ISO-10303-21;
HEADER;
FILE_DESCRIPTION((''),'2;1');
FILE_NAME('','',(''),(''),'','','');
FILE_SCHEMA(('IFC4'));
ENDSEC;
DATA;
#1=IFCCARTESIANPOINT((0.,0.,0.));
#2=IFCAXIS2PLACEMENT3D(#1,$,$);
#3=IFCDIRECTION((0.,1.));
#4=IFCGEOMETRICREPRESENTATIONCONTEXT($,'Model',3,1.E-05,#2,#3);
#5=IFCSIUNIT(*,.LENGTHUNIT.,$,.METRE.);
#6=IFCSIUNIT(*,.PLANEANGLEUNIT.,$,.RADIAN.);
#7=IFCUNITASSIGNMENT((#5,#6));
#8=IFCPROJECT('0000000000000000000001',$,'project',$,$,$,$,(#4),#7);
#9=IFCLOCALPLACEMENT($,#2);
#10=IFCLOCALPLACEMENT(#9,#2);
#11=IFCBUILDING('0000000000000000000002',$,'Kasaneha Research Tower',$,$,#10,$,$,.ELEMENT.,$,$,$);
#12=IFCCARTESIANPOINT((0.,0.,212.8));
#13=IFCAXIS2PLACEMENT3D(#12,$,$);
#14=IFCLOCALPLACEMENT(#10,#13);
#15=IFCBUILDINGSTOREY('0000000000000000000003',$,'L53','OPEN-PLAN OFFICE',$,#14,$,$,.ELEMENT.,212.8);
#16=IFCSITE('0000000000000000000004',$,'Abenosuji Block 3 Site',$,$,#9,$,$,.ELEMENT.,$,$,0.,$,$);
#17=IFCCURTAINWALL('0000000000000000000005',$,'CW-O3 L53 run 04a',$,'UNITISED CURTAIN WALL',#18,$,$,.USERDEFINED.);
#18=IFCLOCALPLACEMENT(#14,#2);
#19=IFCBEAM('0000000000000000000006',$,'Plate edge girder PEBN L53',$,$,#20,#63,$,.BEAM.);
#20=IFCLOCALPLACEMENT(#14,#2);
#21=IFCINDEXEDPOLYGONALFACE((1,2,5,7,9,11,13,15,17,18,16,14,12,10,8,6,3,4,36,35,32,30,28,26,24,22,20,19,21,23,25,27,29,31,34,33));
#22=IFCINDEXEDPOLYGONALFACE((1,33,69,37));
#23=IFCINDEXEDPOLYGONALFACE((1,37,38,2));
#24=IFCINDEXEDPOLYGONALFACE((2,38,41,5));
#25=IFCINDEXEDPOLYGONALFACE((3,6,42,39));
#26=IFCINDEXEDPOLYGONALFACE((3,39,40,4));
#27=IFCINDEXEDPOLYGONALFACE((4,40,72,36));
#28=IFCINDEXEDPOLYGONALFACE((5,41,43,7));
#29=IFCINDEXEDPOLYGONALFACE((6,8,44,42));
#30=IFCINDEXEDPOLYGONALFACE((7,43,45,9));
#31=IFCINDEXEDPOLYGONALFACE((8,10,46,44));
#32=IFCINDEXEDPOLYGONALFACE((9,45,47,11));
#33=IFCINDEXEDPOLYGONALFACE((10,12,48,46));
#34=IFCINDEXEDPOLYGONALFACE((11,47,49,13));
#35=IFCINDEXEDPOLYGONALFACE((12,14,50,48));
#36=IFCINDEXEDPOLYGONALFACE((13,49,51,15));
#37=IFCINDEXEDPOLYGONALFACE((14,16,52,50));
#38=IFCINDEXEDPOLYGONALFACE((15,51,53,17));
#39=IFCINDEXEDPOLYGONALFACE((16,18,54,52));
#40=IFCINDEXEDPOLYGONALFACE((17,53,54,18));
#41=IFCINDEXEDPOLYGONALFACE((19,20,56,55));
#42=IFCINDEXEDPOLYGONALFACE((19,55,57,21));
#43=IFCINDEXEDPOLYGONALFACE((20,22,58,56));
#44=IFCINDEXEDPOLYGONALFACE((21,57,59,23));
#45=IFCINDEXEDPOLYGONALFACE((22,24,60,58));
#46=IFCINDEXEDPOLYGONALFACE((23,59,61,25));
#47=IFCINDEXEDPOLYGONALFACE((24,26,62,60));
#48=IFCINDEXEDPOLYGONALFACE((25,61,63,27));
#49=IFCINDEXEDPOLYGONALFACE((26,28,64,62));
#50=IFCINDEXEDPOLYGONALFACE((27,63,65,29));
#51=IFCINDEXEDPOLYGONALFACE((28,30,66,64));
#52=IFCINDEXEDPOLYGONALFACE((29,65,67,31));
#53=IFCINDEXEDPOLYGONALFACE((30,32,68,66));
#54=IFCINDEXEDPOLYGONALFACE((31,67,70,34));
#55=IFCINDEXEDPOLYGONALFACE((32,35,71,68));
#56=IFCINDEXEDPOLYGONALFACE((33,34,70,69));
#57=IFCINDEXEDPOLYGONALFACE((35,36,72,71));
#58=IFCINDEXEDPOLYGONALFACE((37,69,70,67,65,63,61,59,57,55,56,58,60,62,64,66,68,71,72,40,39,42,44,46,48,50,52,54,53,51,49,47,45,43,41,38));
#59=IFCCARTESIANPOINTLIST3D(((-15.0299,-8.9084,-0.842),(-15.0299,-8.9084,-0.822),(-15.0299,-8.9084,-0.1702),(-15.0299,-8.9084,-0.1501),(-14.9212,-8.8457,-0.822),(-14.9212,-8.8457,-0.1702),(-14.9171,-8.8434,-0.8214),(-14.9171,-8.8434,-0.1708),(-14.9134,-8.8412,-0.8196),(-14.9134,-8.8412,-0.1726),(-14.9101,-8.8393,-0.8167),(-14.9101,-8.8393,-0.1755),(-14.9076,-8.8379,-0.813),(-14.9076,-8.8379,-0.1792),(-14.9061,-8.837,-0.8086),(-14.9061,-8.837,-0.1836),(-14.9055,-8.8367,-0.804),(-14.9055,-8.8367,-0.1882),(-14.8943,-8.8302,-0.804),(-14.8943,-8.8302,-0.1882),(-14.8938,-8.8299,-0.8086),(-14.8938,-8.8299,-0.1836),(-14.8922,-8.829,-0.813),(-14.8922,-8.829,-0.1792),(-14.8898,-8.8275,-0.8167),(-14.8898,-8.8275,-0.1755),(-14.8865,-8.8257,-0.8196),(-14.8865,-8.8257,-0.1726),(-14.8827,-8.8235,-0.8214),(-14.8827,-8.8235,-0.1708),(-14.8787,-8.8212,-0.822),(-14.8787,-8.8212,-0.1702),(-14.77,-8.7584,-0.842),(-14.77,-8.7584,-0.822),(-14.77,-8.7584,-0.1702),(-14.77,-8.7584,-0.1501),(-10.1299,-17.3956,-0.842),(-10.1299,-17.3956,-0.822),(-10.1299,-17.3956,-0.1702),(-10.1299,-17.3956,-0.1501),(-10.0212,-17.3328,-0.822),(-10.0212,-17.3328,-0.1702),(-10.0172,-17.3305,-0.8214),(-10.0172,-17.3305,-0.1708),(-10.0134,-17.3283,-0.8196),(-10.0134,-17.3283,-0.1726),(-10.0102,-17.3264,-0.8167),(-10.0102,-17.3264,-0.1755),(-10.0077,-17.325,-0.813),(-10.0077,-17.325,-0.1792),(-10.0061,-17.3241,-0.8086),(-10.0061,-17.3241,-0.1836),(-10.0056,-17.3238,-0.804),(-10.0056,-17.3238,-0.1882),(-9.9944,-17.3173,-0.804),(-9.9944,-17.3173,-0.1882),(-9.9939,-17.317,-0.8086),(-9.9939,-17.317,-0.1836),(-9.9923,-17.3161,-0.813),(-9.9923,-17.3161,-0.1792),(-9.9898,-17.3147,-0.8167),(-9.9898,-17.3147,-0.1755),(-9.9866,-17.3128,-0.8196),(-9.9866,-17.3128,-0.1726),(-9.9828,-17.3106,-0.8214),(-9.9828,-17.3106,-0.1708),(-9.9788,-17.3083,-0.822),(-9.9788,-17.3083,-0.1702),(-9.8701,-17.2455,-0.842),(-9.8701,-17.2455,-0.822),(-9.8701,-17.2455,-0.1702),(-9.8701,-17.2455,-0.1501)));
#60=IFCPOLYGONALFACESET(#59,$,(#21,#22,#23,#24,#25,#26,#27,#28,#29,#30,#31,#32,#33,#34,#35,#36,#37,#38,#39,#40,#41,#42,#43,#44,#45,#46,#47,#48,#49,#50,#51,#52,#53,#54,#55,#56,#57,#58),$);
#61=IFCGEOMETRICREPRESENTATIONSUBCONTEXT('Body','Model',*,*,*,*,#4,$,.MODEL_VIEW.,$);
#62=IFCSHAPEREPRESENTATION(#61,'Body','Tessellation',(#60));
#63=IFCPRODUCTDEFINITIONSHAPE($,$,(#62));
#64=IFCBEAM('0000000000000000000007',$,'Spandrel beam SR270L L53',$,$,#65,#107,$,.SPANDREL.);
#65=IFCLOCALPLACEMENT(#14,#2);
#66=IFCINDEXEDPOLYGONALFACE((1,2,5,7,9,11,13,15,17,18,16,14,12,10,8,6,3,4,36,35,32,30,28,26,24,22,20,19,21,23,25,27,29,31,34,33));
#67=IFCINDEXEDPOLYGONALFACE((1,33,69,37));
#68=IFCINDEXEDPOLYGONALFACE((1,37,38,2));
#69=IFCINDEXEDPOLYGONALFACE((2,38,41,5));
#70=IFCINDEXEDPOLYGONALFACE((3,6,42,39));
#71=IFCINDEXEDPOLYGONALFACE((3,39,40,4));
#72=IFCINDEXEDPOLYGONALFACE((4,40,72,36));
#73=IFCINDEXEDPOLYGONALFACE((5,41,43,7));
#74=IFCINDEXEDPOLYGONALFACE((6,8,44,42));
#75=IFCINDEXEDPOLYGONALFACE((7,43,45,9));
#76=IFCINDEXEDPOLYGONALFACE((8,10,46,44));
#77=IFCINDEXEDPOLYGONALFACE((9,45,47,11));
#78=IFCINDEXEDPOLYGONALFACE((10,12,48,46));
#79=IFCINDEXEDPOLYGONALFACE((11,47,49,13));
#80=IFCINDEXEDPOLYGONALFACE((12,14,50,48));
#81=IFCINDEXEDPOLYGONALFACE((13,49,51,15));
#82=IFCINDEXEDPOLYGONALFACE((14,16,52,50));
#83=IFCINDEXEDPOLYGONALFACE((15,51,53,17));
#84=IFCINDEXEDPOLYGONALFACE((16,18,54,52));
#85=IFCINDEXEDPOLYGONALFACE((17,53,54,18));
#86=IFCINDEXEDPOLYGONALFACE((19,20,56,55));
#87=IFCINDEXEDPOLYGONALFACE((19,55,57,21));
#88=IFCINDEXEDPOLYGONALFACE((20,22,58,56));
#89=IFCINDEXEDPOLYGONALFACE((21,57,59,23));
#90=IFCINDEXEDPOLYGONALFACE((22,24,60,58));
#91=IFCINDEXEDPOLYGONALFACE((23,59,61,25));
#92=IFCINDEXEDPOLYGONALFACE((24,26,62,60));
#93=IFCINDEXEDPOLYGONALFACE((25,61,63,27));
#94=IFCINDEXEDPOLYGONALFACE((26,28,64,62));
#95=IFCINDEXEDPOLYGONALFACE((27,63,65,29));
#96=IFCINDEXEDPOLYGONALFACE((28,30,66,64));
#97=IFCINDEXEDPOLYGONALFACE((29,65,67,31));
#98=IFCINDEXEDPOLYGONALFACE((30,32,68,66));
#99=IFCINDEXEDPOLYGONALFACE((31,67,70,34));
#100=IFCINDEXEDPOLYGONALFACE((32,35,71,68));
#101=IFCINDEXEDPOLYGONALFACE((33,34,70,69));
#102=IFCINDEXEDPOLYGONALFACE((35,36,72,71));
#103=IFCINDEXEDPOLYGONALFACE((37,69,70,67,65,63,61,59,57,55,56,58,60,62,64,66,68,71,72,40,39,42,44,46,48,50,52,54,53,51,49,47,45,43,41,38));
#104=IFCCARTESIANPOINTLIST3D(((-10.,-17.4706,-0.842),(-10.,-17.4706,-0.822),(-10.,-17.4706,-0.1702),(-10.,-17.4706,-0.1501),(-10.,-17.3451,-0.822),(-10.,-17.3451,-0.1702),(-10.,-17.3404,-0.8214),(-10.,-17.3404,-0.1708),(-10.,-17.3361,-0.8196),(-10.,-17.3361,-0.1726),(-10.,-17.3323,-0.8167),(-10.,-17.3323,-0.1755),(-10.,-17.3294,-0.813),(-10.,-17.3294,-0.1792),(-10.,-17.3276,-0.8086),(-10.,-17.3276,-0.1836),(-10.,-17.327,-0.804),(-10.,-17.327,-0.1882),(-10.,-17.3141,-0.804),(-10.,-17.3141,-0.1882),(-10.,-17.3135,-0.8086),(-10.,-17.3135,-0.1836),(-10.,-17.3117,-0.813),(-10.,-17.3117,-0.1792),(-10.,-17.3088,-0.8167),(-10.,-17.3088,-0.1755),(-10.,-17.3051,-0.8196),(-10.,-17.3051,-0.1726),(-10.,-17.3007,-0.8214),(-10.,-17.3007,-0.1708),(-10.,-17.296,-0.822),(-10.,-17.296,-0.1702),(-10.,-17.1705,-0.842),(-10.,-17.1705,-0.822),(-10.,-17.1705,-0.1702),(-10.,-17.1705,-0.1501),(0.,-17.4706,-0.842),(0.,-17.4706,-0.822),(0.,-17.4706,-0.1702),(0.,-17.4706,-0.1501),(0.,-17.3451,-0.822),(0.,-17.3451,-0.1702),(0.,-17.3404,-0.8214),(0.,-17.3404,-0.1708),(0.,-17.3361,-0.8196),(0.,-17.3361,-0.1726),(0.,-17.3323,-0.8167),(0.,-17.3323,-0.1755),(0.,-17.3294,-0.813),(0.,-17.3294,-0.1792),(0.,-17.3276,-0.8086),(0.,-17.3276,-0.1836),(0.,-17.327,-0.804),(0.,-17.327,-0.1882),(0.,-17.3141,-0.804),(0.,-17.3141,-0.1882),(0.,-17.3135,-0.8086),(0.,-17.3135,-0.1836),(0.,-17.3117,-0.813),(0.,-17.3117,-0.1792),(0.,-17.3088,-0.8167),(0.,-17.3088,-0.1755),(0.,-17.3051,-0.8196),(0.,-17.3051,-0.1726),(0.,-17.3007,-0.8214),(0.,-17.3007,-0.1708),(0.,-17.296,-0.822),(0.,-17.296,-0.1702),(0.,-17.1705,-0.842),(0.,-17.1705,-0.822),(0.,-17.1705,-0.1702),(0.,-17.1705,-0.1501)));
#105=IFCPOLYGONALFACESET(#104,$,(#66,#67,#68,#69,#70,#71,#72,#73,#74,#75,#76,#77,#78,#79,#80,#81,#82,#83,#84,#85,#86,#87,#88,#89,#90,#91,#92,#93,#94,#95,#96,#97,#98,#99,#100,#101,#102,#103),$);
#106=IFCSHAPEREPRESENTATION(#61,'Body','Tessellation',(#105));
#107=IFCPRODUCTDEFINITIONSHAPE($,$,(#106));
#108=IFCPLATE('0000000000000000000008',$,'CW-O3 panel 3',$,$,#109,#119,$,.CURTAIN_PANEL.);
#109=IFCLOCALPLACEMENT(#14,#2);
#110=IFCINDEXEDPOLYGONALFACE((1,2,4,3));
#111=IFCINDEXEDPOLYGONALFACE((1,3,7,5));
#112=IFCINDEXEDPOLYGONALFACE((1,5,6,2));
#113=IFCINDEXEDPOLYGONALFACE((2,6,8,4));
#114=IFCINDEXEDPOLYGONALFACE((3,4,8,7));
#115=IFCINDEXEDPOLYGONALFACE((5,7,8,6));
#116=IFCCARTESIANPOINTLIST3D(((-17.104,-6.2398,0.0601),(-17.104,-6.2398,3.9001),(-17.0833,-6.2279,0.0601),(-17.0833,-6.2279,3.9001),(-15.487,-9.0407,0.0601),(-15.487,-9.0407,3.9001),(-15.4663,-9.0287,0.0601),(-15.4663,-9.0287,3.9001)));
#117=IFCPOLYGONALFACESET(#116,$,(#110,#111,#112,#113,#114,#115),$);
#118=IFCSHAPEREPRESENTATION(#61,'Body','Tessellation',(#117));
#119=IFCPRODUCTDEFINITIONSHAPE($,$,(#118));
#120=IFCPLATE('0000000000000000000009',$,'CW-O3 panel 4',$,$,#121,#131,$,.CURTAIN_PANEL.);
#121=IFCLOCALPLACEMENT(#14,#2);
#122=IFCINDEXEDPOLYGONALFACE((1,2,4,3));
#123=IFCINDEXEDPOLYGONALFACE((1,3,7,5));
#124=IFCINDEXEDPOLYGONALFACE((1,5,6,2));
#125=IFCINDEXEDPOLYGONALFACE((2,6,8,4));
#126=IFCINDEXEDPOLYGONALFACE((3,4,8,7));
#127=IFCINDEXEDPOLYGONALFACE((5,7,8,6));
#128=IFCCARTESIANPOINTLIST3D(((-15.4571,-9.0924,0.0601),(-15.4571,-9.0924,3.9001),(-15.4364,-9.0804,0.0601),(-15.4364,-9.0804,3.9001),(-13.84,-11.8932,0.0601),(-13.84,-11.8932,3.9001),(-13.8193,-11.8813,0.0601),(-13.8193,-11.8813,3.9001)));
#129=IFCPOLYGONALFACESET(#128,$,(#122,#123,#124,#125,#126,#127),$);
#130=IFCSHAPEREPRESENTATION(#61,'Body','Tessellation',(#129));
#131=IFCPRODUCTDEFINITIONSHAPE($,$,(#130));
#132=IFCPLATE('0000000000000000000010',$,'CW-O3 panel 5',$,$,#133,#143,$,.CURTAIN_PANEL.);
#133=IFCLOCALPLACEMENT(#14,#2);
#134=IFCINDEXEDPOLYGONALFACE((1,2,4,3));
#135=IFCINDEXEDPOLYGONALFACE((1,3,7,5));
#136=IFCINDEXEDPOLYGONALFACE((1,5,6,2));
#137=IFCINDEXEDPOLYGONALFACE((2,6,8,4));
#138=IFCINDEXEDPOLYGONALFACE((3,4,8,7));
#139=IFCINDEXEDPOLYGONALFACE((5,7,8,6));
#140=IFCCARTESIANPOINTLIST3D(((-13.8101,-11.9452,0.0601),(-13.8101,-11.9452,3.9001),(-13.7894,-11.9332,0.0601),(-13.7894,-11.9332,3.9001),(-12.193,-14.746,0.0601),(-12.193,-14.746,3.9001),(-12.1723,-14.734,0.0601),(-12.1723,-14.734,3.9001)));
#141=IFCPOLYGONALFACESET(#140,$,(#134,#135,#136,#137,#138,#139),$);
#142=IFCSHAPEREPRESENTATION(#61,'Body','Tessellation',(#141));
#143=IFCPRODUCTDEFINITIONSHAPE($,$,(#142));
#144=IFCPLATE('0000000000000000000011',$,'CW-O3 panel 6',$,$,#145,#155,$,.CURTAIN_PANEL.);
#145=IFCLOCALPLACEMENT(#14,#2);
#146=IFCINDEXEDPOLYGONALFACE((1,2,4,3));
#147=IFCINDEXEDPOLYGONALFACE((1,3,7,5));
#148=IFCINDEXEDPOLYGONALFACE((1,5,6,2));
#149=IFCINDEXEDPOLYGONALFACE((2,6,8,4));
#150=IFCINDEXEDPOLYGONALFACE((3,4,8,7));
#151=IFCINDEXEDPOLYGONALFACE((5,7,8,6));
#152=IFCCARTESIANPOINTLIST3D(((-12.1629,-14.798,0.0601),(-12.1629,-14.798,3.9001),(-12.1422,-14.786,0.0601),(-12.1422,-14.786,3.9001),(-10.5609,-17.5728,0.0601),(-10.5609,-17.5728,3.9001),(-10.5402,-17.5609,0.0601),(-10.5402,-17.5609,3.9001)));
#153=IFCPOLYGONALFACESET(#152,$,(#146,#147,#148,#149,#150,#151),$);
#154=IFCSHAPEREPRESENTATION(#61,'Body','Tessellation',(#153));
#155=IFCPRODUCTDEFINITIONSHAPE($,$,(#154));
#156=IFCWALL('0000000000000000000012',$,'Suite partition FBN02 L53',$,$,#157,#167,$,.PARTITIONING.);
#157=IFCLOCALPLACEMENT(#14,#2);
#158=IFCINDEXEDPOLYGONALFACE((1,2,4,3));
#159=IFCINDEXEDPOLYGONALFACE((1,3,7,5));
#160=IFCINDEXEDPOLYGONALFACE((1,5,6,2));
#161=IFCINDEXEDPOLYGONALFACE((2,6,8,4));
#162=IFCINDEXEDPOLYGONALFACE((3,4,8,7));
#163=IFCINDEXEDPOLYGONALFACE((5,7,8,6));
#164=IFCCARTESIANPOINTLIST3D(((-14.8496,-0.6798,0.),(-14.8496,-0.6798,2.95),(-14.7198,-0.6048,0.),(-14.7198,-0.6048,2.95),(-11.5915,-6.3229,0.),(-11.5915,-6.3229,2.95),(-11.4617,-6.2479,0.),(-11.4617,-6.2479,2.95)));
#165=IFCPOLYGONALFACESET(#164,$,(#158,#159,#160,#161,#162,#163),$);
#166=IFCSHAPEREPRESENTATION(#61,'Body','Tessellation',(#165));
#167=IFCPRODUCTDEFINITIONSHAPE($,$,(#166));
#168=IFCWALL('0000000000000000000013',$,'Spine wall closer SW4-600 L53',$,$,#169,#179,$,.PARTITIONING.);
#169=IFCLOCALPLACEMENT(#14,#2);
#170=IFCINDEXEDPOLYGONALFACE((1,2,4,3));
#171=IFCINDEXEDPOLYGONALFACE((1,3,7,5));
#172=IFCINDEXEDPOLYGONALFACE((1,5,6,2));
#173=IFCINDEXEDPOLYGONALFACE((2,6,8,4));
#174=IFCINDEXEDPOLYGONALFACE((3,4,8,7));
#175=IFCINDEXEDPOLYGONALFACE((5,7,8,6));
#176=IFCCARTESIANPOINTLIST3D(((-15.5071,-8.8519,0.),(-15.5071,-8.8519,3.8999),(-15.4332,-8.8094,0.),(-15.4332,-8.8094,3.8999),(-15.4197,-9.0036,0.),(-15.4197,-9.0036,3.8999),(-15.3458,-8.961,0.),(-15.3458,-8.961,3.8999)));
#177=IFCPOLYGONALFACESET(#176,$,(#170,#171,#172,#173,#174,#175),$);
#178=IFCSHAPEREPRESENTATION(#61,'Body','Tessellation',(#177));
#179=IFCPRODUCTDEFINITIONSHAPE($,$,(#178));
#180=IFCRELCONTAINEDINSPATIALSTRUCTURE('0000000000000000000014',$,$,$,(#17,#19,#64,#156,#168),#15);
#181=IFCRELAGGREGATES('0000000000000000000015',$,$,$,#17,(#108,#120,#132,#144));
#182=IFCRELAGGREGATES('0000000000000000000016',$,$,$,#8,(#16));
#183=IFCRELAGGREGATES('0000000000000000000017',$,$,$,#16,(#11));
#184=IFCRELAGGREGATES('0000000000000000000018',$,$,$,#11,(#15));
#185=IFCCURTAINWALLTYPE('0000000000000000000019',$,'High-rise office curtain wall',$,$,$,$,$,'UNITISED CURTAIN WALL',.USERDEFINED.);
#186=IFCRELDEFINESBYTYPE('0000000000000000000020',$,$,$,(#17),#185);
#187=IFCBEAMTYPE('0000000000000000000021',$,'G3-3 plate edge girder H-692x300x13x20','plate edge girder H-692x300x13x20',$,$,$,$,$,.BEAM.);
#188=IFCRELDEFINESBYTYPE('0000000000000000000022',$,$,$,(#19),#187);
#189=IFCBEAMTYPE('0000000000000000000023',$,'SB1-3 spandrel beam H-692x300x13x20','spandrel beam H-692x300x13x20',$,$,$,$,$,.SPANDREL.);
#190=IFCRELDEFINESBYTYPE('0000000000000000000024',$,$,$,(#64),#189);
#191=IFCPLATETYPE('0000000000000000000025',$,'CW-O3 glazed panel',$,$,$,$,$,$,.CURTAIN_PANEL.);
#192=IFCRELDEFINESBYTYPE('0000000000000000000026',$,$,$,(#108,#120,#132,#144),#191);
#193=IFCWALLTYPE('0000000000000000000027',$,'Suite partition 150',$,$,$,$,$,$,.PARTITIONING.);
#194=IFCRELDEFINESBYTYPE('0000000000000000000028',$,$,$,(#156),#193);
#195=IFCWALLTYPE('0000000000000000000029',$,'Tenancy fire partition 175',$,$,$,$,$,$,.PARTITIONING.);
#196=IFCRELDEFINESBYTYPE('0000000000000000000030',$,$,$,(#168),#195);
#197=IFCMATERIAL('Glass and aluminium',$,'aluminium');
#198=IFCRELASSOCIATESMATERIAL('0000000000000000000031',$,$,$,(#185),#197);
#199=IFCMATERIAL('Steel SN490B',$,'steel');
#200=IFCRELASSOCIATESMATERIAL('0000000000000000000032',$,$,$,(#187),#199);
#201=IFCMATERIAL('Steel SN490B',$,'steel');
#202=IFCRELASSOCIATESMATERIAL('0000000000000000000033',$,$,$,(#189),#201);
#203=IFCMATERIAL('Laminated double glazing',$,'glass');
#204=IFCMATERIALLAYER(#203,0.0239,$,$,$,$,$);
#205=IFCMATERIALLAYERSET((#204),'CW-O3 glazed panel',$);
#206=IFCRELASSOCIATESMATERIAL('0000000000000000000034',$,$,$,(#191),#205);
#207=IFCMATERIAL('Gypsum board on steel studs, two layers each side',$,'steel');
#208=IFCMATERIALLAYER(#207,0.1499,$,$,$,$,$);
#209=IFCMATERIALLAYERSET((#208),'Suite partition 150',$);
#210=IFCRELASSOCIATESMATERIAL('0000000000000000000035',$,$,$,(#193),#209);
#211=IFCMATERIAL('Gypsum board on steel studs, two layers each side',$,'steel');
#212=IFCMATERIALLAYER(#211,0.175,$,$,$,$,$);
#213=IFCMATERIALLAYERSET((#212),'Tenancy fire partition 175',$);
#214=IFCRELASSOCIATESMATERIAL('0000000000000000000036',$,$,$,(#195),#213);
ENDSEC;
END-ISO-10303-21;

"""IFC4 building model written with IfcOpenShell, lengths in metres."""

from ifc_helpers import new_model, si_unit, direction, frame, frame_2d, origin, origin_2d, place, context, subcontext, project, spatial, rectangle, i_section, extrude, material, layer, layer_set, material_profile, profile_set, type_object, element, aggregate, save


model = new_model("IFC4")

# Units and contexts
model_context = context("Model", 3, precision=1e-05, world=origin(), true_north=direction((0.0, 1.0)))
body_context = subcontext(model_context, "Body", "Model", "MODEL_VIEW")
ifc_project = project(units=[si_unit("LENGTHUNIT", "METRE"), si_unit("PLANEANGLEUNIT", "RADIAN")], contexts=[model_context])

# Site, building, storey
site_placement = place(None, origin())
site = spatial("IfcSite", under=ifc_project, at=site_placement, Name="Abenosuji Block 3 Site", CompositionType="ELEMENT", RefElevation=0.0)
building_placement = place(site_placement, origin())
building = spatial("IfcBuilding", under=site, at=building_placement, Name="Kasaneha Research Tower", CompositionType="ELEMENT")
storey_placement = place(building_placement, frame((0.0, 0.0, 212.8)))
storey = spatial("IfcBuildingStorey", under=building, at=storey_placement, Name="L53", Description="OPEN-PLAN OFFICE", CompositionType="ELEMENT", Elevation=212.8)

# Curtain wall
ifc_material_1 = material(Name="Glass and aluminium", Category="aluminium")
curtain_wall_type = type_object("IfcCurtainWallType", Name="High-rise office curtain wall", ElementType="UNITISED CURTAIN WALL", PredefinedType="USERDEFINED", material=ifc_material_1)
curtain_wall_1_placement = place(storey_placement, origin())
curtain_wall_1 = element("IfcCurtainWall", 1, at=curtain_wall_1_placement, inside=storey, type_object=curtain_wall_type, Name="CW-O3 L53 run 04a", ObjectType="UNITISED CURTAIN WALL", PredefinedType="USERDEFINED")

# Beams
ifc_material_2 = material(Name="Steel SN490B", Category="steel")
ifc_material_profile_1 = material_profile(ifc_material_2, i_section(OverallWidth=0.3, OverallDepth=0.6919, WebThickness=0.0129, FlangeThickness=0.02, FilletRadius=0.0181, at=origin_2d()), Name="H-692x300x13x20")
ifc_profile_set_1 = profile_set([ifc_material_profile_1], Name="Steel SN490B")
beam_type_1 = type_object("IfcBeamType", Name="G3-3 plate edge girder H-692x300x13x20", Description="plate edge girder H-692x300x13x20", PredefinedType="BEAM", material=ifc_profile_set_1)
beam_1_placement = place(storey_placement, frame((-10.0, -17.3206, -0.4961), z_axis=(-0.499992, 0.86603, 0.0), x_axis=(-0.86603, -0.499992, 0.0)))
element("IfcBeam", 2, at=beam_1_placement, inside=storey, type_object=beam_type_1, Name="Plate edge girder PEBN L53", PredefinedType="BEAM", context=body_context, shape_type="SweptSolid", body=[
    extrude(i_section(OverallWidth=0.3, OverallDepth=0.6919, WebThickness=0.0129, FlangeThickness=0.02, FilletRadius=0.0181, at=origin_2d()), origin(), (0.0, 0.0, 1.0), 9.8),
])
ifc_material_3 = material(Name="Steel SN490B", Category="steel")
ifc_material_profile_2 = material_profile(ifc_material_3, i_section(OverallWidth=0.3, OverallDepth=0.6919, WebThickness=0.0129, FlangeThickness=0.02, FilletRadius=0.0181, at=origin_2d()), Name="H-692x300x13x20")
ifc_profile_set_2 = profile_set([ifc_material_profile_2], Name="Steel SN490B")
beam_type_2 = type_object("IfcBeamType", Name="SB1-3 spandrel beam H-692x300x13x20", Description="spandrel beam H-692x300x13x20", PredefinedType="SPANDREL", material=ifc_profile_set_2)
beam_2_placement = place(storey_placement, frame((-10.0, -17.3206, -0.4961), z_axis=(1.0, 0.0, 0.0), x_axis=(0.0, 1.0, 0.0)))
element("IfcBeam", 3, at=beam_2_placement, inside=storey, type_object=beam_type_2, Name="Spandrel beam SR270L L53", PredefinedType="SPANDREL", context=body_context, shape_type="SweptSolid", body=[
    extrude(i_section(OverallWidth=0.3, OverallDepth=0.6919, WebThickness=0.0129, FlangeThickness=0.02, FilletRadius=0.0181, at=origin_2d()), origin(), (0.0, 0.0, 1.0), 10.0),
])

# Plates
ifc_material_4 = material(Name="Laminated double glazing", Category="glass")
ifc_layer_1 = layer(ifc_material_4, 0.0239)
ifc_layer_set_1 = layer_set([ifc_layer_1], Name="CW-O3 glazed panel")
plate_type = type_object("IfcPlateType", Name="CW-O3 glazed panel", PredefinedType="CURTAIN_PANEL", material=ifc_layer_set_1)
plate_1_placement = place(storey_placement, frame((-16.2852, -7.6343, 0.0601), z_axis=(0.0, 0.0, 1.0), x_axis=(0.5, -0.866025, 0.0)))
plate_1 = element("IfcPlate", 4, at=plate_1_placement, type_object=plate_type, Name="CW-O3 panel 3", PredefinedType="CURTAIN_PANEL", context=body_context, shape_type="SweptSolid", body=[
    extrude(rectangle(XDim=3.2341, YDim=0.0239, at=origin_2d()), origin(), (0.0, 0.0, 1.0), 3.8401),
])
plate_2_placement = place(storey_placement, frame((-14.6382, -10.4868, 0.0601), z_axis=(0.0, 0.0, 1.0), x_axis=(0.5, -0.866025, 0.0)))
plate_2 = element("IfcPlate", 5, at=plate_2_placement, type_object=plate_type, Name="CW-O3 panel 4", PredefinedType="CURTAIN_PANEL", context=body_context, shape_type="SweptSolid", body=[
    extrude(rectangle(XDim=3.2341, YDim=0.0239, at=origin_2d()), origin(), (0.0, 0.0, 1.0), 3.8401),
])
plate_3_placement = place(storey_placement, frame((-12.9912, -13.3396, 0.0601), z_axis=(0.0, 0.0, 1.0), x_axis=(0.5, -0.866025, 0.0)))
plate_3 = element("IfcPlate", 6, at=plate_3_placement, type_object=plate_type, Name="CW-O3 panel 5", PredefinedType="CURTAIN_PANEL", context=body_context, shape_type="SweptSolid", body=[
    extrude(rectangle(XDim=3.2341, YDim=0.0239, at=origin_2d()), origin(), (0.0, 0.0, 1.0), 3.8401),
])
plate_4_placement = place(storey_placement, frame((-11.3516, -16.1794, 0.0601), z_axis=(0.0, 0.0, 1.0), x_axis=(0.5, -0.866025, 0.0)))
plate_4 = element("IfcPlate", 7, at=plate_4_placement, type_object=plate_type, Name="CW-O3 panel 6", PredefinedType="CURTAIN_PANEL", context=body_context, shape_type="SweptSolid", body=[
    extrude(rectangle(XDim=3.2041, YDim=0.0239, at=origin_2d()), origin(), (0.0, 0.0, 1.0), 3.8401),
])
aggregate(curtain_wall_1, [plate_1, plate_2, plate_3, plate_4])

# Walls
ifc_material_5 = material(Name="Gypsum board on steel studs, two layers each side", Category="steel")
ifc_layer_2 = layer(ifc_material_5, 0.1499)
ifc_layer_set_2 = layer_set([ifc_layer_2], Name="Suite partition 150")
wall_type_1 = type_object("IfcWallType", Name="Suite partition 150", PredefinedType="PARTITIONING", material=ifc_layer_set_2)
wall_1_placement = place(storey_placement, frame((-11.5266, -6.2854, 0.0), z_axis=(0.0, 0.0, 1.0), x_axis=(-0.500004, 0.866023, 0.0)))
element("IfcWall", 8, at=wall_1_placement, inside=storey, type_object=wall_type_1, Name="Suite partition FBN02 L53", PredefinedType="PARTITIONING", context=body_context, shape_type="SweptSolid", body=[
    extrude(rectangle(XDim=6.5161, YDim=0.1499, at=frame_2d((3.2581, 0.0))), origin(), (0.0, 0.0, 1.0), 2.95),
])
ifc_material_6 = material(Name="Gypsum board on steel studs, two layers each side", Category="steel")
ifc_layer_3 = layer(ifc_material_6, 0.175)
ifc_layer_set_3 = layer_set([ifc_layer_3], Name="Tenancy fire partition 175")
wall_type_2 = type_object("IfcWallType", Name="Tenancy fire partition 175", PredefinedType="PARTITIONING", material=ifc_layer_set_3)
wall_2_placement = place(storey_placement, frame((-15.3896, -8.8853, 0.0), z_axis=(0.0, 0.0, 1.0), x_axis=(-0.866472, -0.499226, 0.0)))
element("IfcWall", 9, at=wall_2_placement, inside=storey, type_object=wall_type_2, Name="Spine wall closer SW4-600 L53", PredefinedType="PARTITIONING", context=body_context, shape_type="SweptSolid", body=[
    extrude(rectangle(XDim=0.0852, YDim=0.175, at=frame_2d((0.0425, 0.0))), origin(), (0.0, 0.0, 1.0), 3.8999),
])

save(model, "model.ifc")
